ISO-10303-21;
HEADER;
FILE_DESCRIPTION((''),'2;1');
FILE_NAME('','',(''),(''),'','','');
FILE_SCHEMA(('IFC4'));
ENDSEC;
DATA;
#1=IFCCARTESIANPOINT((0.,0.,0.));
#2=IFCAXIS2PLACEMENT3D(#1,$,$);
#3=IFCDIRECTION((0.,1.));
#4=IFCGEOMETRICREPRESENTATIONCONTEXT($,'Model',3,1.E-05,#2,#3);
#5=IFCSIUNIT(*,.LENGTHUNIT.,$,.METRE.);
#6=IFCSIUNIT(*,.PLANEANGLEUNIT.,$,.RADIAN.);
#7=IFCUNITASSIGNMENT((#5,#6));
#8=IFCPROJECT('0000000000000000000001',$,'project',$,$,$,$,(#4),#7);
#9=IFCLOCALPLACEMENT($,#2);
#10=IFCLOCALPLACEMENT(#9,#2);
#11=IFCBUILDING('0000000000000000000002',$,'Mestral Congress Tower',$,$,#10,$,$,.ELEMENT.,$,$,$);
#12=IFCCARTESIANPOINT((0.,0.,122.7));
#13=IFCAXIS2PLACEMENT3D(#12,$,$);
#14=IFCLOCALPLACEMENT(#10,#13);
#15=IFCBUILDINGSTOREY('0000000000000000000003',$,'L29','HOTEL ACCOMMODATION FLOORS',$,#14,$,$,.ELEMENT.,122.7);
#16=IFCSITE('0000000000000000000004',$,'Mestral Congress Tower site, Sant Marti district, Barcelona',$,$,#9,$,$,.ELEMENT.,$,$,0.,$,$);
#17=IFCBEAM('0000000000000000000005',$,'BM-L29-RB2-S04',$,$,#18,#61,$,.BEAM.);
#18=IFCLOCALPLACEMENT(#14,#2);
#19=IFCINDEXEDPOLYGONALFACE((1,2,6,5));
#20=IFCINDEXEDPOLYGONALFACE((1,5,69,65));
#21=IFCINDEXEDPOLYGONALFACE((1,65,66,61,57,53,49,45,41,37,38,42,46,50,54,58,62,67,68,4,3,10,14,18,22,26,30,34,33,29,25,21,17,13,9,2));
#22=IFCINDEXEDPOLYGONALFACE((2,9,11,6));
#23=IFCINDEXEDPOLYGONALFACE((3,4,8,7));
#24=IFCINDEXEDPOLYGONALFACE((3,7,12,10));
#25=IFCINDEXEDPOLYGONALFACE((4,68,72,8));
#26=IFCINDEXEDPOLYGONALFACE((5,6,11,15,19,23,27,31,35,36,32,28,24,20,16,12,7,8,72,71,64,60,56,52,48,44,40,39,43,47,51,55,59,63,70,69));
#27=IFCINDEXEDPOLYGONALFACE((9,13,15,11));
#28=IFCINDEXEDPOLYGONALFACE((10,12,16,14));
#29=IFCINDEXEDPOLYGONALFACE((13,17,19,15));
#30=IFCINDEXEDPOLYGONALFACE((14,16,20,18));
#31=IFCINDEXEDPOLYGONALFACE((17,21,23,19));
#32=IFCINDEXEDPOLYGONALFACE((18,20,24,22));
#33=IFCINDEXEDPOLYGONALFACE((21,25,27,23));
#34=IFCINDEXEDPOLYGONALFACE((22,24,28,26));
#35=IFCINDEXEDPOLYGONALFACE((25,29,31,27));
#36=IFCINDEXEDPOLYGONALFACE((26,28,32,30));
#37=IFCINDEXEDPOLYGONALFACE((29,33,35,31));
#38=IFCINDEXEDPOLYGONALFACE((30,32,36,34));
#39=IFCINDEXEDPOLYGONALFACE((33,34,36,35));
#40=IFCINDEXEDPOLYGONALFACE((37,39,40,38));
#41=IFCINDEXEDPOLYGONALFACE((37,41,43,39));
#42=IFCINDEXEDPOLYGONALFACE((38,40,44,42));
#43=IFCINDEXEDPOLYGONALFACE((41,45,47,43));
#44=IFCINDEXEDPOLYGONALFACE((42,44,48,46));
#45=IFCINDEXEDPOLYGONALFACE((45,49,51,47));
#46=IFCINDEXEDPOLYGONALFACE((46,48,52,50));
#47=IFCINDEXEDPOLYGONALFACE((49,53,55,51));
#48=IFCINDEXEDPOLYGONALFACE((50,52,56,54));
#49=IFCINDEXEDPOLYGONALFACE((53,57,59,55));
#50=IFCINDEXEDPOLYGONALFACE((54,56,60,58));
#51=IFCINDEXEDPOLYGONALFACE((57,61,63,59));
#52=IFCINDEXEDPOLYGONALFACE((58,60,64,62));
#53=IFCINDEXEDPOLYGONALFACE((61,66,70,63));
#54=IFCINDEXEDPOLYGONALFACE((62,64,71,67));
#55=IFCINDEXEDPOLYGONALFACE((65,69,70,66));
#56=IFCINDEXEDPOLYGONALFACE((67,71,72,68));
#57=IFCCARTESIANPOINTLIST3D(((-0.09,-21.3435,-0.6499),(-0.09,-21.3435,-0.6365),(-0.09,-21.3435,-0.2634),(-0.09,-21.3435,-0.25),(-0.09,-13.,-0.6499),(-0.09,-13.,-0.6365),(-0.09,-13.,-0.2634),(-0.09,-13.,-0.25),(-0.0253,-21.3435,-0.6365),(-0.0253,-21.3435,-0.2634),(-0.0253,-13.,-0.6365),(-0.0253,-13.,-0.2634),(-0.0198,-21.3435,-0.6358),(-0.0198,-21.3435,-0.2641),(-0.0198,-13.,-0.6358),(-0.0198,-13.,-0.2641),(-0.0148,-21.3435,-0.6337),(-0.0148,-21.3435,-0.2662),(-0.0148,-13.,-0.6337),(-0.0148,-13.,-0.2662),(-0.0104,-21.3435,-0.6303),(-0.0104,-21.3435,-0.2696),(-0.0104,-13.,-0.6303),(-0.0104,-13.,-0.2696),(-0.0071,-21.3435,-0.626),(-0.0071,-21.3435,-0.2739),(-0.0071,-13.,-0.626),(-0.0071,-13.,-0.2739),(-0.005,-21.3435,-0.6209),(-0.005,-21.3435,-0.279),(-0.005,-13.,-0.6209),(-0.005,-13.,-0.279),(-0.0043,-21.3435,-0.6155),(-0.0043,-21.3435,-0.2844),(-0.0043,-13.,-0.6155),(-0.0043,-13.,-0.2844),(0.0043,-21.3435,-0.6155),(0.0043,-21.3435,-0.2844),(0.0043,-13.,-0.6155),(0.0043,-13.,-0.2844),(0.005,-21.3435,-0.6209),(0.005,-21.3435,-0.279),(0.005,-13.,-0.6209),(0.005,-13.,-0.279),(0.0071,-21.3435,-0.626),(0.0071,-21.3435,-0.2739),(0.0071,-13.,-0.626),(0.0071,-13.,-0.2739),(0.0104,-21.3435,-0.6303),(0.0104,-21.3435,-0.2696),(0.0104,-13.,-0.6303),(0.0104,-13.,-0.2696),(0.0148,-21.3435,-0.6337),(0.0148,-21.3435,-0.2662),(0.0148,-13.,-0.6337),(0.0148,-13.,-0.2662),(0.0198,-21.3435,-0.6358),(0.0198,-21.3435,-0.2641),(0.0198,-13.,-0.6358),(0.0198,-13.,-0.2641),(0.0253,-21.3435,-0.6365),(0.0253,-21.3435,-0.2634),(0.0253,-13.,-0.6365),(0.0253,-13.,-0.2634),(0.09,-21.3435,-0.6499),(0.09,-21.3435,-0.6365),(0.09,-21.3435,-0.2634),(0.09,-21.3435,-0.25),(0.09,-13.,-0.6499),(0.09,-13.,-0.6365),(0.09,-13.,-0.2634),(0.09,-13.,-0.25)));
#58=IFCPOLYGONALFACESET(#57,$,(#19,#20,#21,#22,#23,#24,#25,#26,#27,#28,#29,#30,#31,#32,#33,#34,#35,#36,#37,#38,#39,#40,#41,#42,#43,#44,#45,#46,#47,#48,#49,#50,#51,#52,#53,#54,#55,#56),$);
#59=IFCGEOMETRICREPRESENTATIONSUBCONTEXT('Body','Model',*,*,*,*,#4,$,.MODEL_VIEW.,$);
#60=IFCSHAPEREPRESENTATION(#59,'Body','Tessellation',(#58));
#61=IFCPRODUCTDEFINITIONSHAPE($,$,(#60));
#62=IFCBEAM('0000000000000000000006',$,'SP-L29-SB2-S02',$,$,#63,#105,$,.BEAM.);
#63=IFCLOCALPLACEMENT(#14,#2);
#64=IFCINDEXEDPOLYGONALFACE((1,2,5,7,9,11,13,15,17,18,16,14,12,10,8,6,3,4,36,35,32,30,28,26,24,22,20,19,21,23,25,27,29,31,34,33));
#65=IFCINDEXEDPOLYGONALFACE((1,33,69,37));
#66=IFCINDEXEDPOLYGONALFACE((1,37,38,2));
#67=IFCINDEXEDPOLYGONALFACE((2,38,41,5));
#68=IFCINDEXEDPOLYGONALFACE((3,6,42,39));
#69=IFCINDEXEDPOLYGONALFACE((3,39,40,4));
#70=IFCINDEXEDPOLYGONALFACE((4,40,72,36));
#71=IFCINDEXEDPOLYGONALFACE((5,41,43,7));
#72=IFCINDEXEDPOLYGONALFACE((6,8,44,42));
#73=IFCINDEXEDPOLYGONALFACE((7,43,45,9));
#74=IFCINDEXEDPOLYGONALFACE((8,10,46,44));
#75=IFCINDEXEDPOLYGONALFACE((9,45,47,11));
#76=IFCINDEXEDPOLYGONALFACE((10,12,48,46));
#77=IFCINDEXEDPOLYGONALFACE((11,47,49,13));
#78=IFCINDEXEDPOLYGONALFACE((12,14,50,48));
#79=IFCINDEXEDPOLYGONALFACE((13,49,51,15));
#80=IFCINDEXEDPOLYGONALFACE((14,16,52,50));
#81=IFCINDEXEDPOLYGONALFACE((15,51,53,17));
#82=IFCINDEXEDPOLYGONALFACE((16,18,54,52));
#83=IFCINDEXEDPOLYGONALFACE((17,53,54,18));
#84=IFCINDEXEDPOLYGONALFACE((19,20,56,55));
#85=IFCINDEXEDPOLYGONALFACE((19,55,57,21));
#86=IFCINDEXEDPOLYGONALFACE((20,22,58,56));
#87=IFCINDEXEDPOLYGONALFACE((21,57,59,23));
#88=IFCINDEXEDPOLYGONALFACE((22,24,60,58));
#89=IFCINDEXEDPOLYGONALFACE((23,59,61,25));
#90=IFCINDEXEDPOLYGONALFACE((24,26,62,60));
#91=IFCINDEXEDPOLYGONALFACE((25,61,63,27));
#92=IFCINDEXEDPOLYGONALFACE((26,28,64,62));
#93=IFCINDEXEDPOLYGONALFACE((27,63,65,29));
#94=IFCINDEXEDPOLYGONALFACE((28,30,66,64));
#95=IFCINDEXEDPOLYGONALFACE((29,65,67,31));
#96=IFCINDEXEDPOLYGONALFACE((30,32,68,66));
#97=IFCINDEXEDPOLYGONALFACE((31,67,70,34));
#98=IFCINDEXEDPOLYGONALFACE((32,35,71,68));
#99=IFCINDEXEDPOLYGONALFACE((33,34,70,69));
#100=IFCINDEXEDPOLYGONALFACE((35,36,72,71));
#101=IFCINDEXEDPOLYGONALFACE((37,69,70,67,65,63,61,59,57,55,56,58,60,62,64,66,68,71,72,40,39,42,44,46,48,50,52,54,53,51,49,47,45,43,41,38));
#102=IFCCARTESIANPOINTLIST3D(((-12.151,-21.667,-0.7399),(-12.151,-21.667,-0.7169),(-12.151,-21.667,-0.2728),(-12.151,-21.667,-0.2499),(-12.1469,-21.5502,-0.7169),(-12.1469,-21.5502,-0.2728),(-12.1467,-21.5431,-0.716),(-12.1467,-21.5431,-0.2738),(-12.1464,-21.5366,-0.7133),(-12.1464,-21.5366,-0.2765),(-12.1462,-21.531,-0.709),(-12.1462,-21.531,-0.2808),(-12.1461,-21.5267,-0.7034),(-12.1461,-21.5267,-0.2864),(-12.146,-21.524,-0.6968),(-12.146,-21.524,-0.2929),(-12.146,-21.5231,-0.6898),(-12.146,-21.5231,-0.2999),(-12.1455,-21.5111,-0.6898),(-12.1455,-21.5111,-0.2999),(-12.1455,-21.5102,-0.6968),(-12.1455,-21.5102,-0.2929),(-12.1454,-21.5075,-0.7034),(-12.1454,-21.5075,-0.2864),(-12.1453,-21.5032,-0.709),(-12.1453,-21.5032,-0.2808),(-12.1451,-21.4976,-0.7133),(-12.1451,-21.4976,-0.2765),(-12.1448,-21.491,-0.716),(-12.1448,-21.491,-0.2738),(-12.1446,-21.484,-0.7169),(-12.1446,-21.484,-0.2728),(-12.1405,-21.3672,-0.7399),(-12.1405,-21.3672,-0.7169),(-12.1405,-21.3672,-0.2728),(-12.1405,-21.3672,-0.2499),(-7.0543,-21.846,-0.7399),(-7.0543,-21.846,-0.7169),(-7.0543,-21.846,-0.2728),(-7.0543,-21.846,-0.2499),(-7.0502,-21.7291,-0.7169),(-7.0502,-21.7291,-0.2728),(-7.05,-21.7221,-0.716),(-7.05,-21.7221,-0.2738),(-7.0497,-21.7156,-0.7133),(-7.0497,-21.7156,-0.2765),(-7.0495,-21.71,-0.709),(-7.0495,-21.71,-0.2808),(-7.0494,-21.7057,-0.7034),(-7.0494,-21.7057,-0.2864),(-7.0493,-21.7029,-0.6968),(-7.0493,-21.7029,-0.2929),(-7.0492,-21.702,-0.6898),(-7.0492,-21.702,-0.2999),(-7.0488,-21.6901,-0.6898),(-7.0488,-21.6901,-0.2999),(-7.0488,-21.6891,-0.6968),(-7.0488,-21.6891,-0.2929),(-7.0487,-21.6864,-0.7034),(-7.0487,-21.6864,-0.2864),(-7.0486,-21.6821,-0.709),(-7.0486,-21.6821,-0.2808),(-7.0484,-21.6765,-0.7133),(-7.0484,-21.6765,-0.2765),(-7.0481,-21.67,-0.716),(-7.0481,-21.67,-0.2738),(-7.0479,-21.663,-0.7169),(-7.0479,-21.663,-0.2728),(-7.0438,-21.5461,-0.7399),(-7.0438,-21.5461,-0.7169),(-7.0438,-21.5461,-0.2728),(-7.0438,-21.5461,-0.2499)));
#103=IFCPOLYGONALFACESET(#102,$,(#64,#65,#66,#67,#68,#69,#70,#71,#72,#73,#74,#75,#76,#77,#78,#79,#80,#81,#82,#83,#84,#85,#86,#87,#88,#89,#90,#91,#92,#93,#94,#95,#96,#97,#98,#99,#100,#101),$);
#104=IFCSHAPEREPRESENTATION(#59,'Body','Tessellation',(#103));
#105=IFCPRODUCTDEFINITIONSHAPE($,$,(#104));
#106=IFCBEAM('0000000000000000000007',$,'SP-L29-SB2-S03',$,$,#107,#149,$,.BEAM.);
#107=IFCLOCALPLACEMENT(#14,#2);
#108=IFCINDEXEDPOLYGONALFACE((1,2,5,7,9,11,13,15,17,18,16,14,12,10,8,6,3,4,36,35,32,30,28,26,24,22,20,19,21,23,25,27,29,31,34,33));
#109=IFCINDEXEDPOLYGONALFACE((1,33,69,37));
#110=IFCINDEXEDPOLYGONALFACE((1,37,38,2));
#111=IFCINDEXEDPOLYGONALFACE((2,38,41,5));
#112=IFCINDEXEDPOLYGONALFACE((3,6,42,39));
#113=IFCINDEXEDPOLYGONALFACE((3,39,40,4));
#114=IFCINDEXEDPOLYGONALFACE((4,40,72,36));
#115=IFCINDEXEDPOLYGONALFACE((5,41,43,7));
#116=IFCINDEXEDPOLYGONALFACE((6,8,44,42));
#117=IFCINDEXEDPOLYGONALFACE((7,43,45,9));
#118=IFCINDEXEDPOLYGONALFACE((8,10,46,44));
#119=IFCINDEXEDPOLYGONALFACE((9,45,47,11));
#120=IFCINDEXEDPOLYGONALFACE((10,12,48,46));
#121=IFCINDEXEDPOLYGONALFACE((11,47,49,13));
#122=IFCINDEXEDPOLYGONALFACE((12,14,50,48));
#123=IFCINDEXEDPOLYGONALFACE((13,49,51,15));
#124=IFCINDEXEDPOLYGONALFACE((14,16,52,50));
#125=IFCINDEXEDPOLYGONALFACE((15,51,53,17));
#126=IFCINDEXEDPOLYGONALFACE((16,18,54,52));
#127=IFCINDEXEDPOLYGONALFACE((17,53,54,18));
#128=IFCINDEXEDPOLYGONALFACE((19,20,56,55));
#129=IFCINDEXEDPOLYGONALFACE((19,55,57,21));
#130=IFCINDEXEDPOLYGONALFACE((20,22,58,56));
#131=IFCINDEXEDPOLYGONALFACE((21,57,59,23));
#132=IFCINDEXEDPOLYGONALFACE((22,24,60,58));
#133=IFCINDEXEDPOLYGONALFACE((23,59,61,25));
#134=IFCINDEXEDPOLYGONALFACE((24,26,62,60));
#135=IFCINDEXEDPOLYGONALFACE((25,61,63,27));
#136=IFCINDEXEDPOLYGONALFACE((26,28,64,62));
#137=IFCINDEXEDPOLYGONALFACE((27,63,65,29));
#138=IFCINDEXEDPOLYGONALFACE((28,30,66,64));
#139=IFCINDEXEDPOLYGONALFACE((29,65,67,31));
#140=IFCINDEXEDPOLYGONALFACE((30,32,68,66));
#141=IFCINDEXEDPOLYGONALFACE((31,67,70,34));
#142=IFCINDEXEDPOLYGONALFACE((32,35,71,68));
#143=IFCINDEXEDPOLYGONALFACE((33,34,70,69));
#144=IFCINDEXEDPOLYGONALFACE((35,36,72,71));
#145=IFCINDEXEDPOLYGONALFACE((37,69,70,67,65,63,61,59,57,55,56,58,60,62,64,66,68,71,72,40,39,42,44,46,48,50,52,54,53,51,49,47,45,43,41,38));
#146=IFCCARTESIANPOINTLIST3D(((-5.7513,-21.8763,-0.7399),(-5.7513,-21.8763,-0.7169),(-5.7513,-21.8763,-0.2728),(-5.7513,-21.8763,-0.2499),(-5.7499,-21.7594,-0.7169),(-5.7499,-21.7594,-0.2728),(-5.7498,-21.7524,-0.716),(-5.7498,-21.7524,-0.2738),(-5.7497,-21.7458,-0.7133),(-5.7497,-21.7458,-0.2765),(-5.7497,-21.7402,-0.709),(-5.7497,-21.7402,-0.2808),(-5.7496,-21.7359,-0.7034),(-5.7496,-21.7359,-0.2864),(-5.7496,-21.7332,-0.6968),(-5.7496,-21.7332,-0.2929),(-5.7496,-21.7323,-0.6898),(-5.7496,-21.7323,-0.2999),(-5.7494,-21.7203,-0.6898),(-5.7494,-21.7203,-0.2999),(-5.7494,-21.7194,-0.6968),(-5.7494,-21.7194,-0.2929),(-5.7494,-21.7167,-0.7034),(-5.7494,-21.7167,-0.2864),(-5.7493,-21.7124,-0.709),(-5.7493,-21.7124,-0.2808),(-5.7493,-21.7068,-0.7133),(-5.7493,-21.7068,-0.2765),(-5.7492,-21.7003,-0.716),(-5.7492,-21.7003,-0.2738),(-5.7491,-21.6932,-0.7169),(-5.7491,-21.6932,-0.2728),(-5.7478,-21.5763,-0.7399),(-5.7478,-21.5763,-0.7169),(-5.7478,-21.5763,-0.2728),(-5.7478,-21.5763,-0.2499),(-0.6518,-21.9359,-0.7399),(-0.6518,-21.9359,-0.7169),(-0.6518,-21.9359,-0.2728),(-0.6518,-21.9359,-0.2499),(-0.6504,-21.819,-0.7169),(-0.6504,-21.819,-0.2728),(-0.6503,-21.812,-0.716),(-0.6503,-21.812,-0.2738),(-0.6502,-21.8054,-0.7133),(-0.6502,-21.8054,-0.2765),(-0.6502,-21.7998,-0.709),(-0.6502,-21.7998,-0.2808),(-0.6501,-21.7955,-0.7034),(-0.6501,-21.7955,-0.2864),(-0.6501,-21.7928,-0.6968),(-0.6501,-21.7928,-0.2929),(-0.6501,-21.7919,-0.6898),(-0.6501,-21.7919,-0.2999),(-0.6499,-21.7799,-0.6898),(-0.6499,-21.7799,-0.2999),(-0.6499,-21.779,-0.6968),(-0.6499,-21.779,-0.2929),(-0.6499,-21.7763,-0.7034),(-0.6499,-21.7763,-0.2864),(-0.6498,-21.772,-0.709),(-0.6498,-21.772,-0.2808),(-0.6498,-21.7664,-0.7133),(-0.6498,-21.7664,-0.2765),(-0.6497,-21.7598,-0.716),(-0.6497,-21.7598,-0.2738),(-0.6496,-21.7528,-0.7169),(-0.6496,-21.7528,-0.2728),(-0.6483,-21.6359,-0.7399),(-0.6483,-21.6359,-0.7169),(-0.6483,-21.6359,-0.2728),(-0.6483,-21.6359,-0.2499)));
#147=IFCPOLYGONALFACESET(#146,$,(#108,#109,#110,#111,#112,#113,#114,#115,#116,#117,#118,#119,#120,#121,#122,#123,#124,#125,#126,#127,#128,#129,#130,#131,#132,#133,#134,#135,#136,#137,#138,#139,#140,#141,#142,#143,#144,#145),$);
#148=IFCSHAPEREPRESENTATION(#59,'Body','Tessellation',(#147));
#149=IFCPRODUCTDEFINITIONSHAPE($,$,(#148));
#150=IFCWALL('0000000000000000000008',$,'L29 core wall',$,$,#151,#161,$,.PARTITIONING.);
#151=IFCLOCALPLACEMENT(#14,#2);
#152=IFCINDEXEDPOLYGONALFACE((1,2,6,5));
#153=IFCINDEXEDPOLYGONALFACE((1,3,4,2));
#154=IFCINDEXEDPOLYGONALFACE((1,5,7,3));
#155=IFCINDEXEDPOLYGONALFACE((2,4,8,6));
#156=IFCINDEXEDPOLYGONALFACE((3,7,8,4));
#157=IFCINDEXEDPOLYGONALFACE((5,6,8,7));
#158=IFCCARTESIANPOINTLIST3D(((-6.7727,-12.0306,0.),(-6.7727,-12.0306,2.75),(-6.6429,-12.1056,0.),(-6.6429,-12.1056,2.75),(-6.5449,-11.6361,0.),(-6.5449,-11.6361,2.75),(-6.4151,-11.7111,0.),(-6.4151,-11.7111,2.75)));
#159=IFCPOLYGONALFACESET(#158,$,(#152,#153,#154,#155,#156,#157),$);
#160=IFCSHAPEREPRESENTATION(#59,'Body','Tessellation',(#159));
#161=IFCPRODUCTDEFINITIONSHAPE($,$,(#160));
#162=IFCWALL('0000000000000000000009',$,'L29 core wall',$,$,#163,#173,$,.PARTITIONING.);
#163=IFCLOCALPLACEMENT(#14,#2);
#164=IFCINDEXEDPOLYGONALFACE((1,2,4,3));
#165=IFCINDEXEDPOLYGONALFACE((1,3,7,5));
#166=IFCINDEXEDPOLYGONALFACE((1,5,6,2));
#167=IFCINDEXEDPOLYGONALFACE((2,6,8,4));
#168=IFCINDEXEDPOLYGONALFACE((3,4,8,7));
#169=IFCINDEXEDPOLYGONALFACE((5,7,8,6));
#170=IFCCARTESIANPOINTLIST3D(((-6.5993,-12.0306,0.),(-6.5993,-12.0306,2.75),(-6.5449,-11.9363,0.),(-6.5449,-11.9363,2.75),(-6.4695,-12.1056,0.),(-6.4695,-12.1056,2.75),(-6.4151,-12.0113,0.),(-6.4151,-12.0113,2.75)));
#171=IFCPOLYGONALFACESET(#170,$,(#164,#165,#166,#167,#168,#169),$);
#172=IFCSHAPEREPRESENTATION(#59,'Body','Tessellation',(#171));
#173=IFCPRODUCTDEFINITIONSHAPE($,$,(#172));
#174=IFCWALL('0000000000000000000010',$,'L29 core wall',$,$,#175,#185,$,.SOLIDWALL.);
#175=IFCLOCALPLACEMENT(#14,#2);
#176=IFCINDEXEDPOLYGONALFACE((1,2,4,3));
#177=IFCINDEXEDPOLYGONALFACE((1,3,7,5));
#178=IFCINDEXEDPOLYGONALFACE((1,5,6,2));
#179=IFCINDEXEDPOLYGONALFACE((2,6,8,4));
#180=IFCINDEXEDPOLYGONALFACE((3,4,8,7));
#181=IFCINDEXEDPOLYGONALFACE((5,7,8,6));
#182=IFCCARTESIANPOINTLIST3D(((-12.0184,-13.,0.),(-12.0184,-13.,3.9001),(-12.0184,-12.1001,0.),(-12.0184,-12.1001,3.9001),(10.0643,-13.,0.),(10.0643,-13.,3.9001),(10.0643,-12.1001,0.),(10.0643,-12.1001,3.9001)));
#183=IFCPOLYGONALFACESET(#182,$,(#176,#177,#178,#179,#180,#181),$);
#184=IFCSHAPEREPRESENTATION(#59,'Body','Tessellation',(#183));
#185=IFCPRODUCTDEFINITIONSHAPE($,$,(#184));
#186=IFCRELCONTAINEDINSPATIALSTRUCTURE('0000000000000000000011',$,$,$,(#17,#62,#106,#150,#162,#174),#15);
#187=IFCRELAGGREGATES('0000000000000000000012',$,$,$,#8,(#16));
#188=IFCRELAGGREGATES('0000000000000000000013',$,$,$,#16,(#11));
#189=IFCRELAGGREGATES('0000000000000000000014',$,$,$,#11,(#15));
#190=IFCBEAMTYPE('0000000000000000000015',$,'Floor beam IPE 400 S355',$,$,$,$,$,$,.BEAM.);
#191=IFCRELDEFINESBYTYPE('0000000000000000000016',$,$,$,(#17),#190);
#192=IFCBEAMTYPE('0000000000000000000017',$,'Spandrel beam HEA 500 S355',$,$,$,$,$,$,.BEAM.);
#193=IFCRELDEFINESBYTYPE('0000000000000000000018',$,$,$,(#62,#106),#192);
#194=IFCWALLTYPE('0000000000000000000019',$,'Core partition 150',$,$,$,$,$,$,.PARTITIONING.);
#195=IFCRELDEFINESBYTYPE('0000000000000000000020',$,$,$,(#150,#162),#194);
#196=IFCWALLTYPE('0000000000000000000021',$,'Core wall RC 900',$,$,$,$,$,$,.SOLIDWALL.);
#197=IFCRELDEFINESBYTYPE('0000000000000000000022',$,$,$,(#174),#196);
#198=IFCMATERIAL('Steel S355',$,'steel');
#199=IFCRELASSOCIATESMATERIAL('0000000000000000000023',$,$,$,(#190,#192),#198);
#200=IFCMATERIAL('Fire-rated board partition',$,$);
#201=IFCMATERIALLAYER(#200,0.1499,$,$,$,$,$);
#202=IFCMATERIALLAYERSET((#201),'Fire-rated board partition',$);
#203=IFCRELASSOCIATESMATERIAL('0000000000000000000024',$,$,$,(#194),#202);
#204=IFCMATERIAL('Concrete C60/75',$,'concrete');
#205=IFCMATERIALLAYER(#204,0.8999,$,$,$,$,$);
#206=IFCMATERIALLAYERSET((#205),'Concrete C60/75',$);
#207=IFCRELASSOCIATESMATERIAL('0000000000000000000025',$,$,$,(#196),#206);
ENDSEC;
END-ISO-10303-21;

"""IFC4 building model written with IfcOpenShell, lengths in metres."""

from ifc_helpers import new_model, si_unit, direction, frame, frame_2d, origin, origin_2d, place, context, subcontext, project, spatial, rectangle, i_section, extrude, material, layer, layer_set, material_profile, profile_set, type_object, element, save


model = new_model("IFC4")

# Units and contexts
model_context = context("Model", 3, precision=1e-05, world=origin(), true_north=direction((0.0, 1.0)))
body_context = subcontext(model_context, "Body", "Model", "MODEL_VIEW")
ifc_project = project(units=[si_unit("LENGTHUNIT", "METRE"), si_unit("PLANEANGLEUNIT", "RADIAN")], contexts=[model_context])

# Site, building, storey
site_placement = place(None, origin())
site = spatial("IfcSite", under=ifc_project, at=site_placement, Name="Mestral Congress Tower site, Sant Marti district, Barcelona", CompositionType="ELEMENT", RefElevation=0.0)
building_placement = place(site_placement, origin())
building = spatial("IfcBuilding", under=site, at=building_placement, Name="Mestral Congress Tower", CompositionType="ELEMENT")
storey_placement = place(building_placement, frame((0.0, 0.0, 122.7)))
storey = spatial("IfcBuildingStorey", under=building, at=storey_placement, Name="L29", Description="HOTEL ACCOMMODATION FLOORS", CompositionType="ELEMENT", Elevation=122.7)

# Beams
ifc_material_1 = material(Name="Steel S355", Category="steel")
ifc_material_profile_1 = material_profile(ifc_material_1, i_section(OverallWidth=0.1799, OverallDepth=0.3999, WebThickness=0.0085, FlangeThickness=0.0134, FilletRadius=0.021, at=origin_2d()), Name="IPE 400")
ifc_profile_set_1 = profile_set([ifc_material_profile_1], Name="Steel S355")
beam_type_1 = type_object("IfcBeamType", Name="Floor beam IPE 400 S355", PredefinedType="BEAM", material=ifc_profile_set_1)
beam_1_placement = place(storey_placement, frame((0.0, -21.3435, -0.45), z_axis=(0.0, 1.0, 0.0), x_axis=(-1.0, 0.0, 0.0)))
element("IfcBeam", 1, at=beam_1_placement, inside=storey, type_object=beam_type_1, Name="BM-L29-RB2-S04", PredefinedType="BEAM", context=body_context, shape_type="SweptSolid", body=[
    extrude(i_section(OverallWidth=0.1799, OverallDepth=0.3999, WebThickness=0.0085, FlangeThickness=0.0134, FilletRadius=0.021, at=origin_2d()), origin(), (0.0, 0.0, 1.0), 8.3435),
])
ifc_material_profile_2 = material_profile(ifc_material_1, i_section(OverallWidth=0.3, OverallDepth=0.49, WebThickness=0.012, FlangeThickness=0.0229, FilletRadius=0.0271, at=origin_2d()), Name="HEA 500")
ifc_profile_set_2 = profile_set([ifc_material_profile_2], Name="Steel S355")
beam_type_2 = type_object("IfcBeamType", Name="Spandrel beam HEA 500 S355", PredefinedType="BEAM", material=ifc_profile_set_2)
for number, where, z_axis, x_axis, name in (
    (2, (-12.1458, -21.5171, -0.4949), (0.999384, -0.03509, 0.0), (0.03509, 0.999384, 0.0), "SP-L29-SB2-S02"),
    (3, (-5.7495, -21.7263, -0.4949), (0.999932, -0.011681, 0.0), (0.011681, 0.999932, 0.0), "SP-L29-SB2-S03"),
):
    element("IfcBeam", number, at=place(storey_placement, frame(where, z_axis=z_axis, x_axis=x_axis)), inside=storey, type_object=beam_type_2, Name=name, PredefinedType="BEAM", context=body_context, shape_type="SweptSolid", body=[
        extrude(i_section(OverallWidth=0.3, OverallDepth=0.49, WebThickness=0.012, FlangeThickness=0.0229, FilletRadius=0.0271, at=origin_2d()), origin(), (0.0, 0.0, 1.0), 5.0999),
    ])

# Walls
ifc_material_2 = material(Name="Fire-rated board partition")
ifc_layer_1 = layer(ifc_material_2, 0.1499)
ifc_layer_set_1 = layer_set([ifc_layer_1], Name="Fire-rated board partition")
wall_type_1 = type_object("IfcWallType", Name="Core partition 150", PredefinedType="PARTITIONING", material=ifc_layer_set_1)
wall_1_placement = place(storey_placement, frame((-6.7078, -12.0681, 0.0), z_axis=(0.0, 0.0, 1.0), x_axis=(0.500001, 0.866025, 0.0)))
element("IfcWall", 4, at=wall_1_placement, inside=storey, type_object=wall_type_1, Name="L29 core wall", PredefinedType="PARTITIONING", context=body_context, shape_type="SweptSolid", body=[
    extrude(rectangle(XDim=0.4556, YDim=0.1499, at=frame_2d((0.2278, 0.0))), origin(), (0.0, 0.0, 1.0), 2.75),
])
wall_2_placement = place(storey_placement, frame((-6.5344, -12.0681, 0.0), z_axis=(0.0, 0.0, 1.0), x_axis=(0.50024, 0.865887, 0.0)))
element("IfcWall", 5, at=wall_2_placement, inside=storey, type_object=wall_type_1, Name="L29 core wall", PredefinedType="PARTITIONING", context=body_context, shape_type="SweptSolid", body=[
    extrude(rectangle(XDim=0.1089, YDim=0.1499, at=frame_2d((0.0544, 0.0))), origin(), (0.0, 0.0, 1.0), 2.75),
])
ifc_material_3 = material(Name="Concrete C60/75", Category="concrete")
ifc_layer_2 = layer(ifc_material_3, 0.8999)
ifc_layer_set_2 = layer_set([ifc_layer_2], Name="Concrete C60/75")
wall_type_2 = type_object("IfcWallType", Name="Core wall RC 900", PredefinedType="SOLIDWALL", material=ifc_layer_set_2)
wall_3_placement = place(storey_placement, frame((-12.0186, -12.55, 0.0), z_axis=(0.0, 0.0, 1.0), x_axis=(1.0, 0.0, 0.0)))
element("IfcWall", 6, at=wall_3_placement, inside=storey, type_object=wall_type_2, Name="L29 core wall", PredefinedType="SOLIDWALL", context=body_context, shape_type="SweptSolid", body=[
    extrude(rectangle(XDim=22.0828, YDim=0.8999, at=frame_2d((11.0415, 0.0))), origin(), (0.0, 0.0, 1.0), 3.9001),
])

save(model, "model.ifc")
